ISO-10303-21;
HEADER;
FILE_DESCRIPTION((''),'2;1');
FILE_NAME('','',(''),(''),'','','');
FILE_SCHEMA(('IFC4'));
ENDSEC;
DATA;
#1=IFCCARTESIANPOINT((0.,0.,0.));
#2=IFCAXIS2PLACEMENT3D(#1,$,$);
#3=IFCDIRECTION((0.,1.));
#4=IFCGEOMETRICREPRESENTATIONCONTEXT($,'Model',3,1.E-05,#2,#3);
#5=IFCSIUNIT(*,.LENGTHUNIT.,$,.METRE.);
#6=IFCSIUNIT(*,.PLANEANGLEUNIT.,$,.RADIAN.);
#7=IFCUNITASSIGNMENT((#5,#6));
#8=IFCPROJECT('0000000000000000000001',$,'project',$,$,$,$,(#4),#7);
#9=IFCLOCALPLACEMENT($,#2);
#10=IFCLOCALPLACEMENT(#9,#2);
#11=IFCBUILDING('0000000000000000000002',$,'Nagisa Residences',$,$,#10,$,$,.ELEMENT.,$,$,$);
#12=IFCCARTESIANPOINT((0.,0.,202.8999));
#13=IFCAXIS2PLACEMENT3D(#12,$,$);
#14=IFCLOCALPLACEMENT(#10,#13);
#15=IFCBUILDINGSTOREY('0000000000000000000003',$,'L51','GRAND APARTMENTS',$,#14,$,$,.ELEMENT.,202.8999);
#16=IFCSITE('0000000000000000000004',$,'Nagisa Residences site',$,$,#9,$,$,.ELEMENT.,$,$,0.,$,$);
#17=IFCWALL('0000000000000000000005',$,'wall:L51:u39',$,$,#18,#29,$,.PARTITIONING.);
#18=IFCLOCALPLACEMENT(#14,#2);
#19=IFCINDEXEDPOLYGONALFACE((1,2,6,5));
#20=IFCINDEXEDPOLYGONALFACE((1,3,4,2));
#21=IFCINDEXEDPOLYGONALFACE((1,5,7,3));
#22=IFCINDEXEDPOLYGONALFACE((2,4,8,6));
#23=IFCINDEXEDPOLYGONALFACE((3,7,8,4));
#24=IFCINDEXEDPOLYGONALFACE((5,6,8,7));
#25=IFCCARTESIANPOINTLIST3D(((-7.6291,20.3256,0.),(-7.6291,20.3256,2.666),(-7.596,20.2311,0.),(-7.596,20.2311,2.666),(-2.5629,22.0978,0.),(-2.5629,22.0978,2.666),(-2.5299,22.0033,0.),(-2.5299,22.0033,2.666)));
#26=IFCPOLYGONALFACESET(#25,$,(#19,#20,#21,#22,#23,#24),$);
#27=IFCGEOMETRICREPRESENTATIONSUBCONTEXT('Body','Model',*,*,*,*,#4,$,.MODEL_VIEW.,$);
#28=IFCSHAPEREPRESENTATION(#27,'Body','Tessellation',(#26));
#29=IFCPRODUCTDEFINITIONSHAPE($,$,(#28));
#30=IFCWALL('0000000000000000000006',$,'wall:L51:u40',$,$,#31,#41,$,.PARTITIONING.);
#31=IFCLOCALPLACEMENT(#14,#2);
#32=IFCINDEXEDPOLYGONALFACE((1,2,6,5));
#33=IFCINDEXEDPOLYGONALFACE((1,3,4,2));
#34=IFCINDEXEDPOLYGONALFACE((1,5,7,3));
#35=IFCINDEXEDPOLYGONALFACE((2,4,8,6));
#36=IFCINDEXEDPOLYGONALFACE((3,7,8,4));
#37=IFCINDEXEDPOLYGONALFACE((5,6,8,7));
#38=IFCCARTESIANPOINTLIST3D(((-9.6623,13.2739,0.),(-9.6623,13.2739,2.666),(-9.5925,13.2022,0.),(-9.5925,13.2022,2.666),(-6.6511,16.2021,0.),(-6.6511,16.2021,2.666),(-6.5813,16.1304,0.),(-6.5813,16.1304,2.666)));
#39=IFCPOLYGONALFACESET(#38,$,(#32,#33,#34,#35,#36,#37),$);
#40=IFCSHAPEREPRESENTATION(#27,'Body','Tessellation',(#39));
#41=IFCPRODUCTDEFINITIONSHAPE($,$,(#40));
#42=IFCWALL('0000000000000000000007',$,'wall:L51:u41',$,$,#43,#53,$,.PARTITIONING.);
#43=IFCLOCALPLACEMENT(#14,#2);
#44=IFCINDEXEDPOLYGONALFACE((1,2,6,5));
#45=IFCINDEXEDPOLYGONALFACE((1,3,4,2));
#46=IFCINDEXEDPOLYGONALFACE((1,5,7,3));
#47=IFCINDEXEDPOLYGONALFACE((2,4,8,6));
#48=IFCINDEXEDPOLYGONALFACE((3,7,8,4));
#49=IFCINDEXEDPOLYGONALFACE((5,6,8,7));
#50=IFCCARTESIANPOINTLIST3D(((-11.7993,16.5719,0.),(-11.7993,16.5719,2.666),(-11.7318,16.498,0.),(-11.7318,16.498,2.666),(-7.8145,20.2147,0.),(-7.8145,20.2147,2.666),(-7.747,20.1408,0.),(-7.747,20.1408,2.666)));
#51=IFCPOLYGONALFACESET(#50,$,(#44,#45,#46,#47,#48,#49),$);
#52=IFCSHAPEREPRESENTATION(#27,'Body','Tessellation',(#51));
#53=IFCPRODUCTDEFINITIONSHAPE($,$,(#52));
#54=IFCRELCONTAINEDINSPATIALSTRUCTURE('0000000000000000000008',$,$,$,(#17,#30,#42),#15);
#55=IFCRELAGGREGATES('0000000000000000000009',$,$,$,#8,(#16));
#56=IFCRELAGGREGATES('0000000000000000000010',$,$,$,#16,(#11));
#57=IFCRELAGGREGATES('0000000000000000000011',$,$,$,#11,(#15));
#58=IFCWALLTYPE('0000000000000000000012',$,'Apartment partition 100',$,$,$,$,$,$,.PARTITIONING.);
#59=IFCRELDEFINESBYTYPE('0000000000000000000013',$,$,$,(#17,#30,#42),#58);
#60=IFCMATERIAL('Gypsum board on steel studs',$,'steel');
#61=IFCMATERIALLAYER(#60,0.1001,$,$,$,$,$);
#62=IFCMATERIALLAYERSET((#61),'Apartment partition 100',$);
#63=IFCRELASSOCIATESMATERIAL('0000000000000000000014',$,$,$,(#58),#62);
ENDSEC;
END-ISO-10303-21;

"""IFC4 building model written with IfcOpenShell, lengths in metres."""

from ifc_helpers import new_model, si_unit, direction, frame, frame_2d, origin, place, context, subcontext, project, spatial, rectangle, extrude, material, layer, layer_set, type_object, element, save


model = new_model("IFC4")

# Units and contexts
model_context = context("Model", 3, precision=1e-05, world=origin(), true_north=direction((0.0, 1.0)))
body_context = subcontext(model_context, "Body", "Model", "MODEL_VIEW")
ifc_project = project(units=[si_unit("LENGTHUNIT", "METRE"), si_unit("PLANEANGLEUNIT", "RADIAN")], contexts=[model_context])

# Site, building, storey
site_placement = place(None, origin())
site = spatial("IfcSite", under=ifc_project, at=site_placement, Name="Nagisa Residences site", CompositionType="ELEMENT", RefElevation=0.0)
building_placement = place(site_placement, origin())
building = spatial("IfcBuilding", under=site, at=building_placement, Name="Nagisa Residences", CompositionType="ELEMENT")
storey_placement = place(building_placement, frame((0.0, 0.0, 202.8999)))
storey = spatial("IfcBuildingStorey", under=building, at=storey_placement, Name="L51", Description="GRAND APARTMENTS", CompositionType="ELEMENT", Elevation=202.8999)

# Shared definitions
ifc_material_1 = material(Name="Gypsum board on steel studs", Category="steel")
ifc_layer_1 = layer(ifc_material_1, 0.1001)
ifc_layer_set_1 = layer_set([ifc_layer_1], Name="Apartment partition 100")
wall_type_1 = type_object("IfcWallType", Name="Apartment partition 100", PredefinedType="PARTITIONING", material=ifc_layer_set_1)

# Walls
wall_1_placement = place(storey_placement, frame((-2.5464, 22.0505, 0.0), z_axis=(0.0, 0.0, 1.0), x_axis=(-0.943913, -0.330194, 0.0)))
element("IfcWall", 1, at=wall_1_placement, inside=storey, type_object=wall_type_1, Name="wall:L51:u39", PredefinedType="PARTITIONING", context=body_context, shape_type="SweptSolid", body=[
    extrude(rectangle(XDim=5.3672, YDim=0.1001, at=frame_2d((2.6836, 0.0))), origin(), (0.0, 0.0, 1.0), 2.666),
])
wall_2_placement = place(storey_placement, frame((-6.6162, 16.1663, 0.0), z_axis=(0.0, 0.0, 1.0), x_axis=(-0.716919, -0.697156, 0.0)))
element("IfcWall", 2, at=wall_2_placement, inside=storey, type_object=wall_type_1, Name="wall:L51:u40", PredefinedType="PARTITIONING", context=body_context, shape_type="SweptSolid", body=[
    extrude(rectangle(XDim=4.2002, YDim=0.1001, at=frame_2d((2.1001, 0.0))), origin(), (0.0, 0.0, 1.0), 2.666),
])
wall_3_placement = place(storey_placement, frame((-7.7808, 20.1777, 0.0), z_axis=(0.0, 0.0, 1.0), x_axis=(-0.738073, -0.674721, 0.0)))
element("IfcWall", 3, at=wall_3_placement, inside=storey, type_object=wall_type_1, Name="wall:L51:u41", PredefinedType="PARTITIONING", context=body_context, shape_type="SweptSolid", body=[
    extrude(rectangle(XDim=5.3989, YDim=0.1001, at=frame_2d((2.6995, 0.0))), origin(), (0.0, 0.0, 1.0), 2.666),
])

save(model, "model.ifc")
